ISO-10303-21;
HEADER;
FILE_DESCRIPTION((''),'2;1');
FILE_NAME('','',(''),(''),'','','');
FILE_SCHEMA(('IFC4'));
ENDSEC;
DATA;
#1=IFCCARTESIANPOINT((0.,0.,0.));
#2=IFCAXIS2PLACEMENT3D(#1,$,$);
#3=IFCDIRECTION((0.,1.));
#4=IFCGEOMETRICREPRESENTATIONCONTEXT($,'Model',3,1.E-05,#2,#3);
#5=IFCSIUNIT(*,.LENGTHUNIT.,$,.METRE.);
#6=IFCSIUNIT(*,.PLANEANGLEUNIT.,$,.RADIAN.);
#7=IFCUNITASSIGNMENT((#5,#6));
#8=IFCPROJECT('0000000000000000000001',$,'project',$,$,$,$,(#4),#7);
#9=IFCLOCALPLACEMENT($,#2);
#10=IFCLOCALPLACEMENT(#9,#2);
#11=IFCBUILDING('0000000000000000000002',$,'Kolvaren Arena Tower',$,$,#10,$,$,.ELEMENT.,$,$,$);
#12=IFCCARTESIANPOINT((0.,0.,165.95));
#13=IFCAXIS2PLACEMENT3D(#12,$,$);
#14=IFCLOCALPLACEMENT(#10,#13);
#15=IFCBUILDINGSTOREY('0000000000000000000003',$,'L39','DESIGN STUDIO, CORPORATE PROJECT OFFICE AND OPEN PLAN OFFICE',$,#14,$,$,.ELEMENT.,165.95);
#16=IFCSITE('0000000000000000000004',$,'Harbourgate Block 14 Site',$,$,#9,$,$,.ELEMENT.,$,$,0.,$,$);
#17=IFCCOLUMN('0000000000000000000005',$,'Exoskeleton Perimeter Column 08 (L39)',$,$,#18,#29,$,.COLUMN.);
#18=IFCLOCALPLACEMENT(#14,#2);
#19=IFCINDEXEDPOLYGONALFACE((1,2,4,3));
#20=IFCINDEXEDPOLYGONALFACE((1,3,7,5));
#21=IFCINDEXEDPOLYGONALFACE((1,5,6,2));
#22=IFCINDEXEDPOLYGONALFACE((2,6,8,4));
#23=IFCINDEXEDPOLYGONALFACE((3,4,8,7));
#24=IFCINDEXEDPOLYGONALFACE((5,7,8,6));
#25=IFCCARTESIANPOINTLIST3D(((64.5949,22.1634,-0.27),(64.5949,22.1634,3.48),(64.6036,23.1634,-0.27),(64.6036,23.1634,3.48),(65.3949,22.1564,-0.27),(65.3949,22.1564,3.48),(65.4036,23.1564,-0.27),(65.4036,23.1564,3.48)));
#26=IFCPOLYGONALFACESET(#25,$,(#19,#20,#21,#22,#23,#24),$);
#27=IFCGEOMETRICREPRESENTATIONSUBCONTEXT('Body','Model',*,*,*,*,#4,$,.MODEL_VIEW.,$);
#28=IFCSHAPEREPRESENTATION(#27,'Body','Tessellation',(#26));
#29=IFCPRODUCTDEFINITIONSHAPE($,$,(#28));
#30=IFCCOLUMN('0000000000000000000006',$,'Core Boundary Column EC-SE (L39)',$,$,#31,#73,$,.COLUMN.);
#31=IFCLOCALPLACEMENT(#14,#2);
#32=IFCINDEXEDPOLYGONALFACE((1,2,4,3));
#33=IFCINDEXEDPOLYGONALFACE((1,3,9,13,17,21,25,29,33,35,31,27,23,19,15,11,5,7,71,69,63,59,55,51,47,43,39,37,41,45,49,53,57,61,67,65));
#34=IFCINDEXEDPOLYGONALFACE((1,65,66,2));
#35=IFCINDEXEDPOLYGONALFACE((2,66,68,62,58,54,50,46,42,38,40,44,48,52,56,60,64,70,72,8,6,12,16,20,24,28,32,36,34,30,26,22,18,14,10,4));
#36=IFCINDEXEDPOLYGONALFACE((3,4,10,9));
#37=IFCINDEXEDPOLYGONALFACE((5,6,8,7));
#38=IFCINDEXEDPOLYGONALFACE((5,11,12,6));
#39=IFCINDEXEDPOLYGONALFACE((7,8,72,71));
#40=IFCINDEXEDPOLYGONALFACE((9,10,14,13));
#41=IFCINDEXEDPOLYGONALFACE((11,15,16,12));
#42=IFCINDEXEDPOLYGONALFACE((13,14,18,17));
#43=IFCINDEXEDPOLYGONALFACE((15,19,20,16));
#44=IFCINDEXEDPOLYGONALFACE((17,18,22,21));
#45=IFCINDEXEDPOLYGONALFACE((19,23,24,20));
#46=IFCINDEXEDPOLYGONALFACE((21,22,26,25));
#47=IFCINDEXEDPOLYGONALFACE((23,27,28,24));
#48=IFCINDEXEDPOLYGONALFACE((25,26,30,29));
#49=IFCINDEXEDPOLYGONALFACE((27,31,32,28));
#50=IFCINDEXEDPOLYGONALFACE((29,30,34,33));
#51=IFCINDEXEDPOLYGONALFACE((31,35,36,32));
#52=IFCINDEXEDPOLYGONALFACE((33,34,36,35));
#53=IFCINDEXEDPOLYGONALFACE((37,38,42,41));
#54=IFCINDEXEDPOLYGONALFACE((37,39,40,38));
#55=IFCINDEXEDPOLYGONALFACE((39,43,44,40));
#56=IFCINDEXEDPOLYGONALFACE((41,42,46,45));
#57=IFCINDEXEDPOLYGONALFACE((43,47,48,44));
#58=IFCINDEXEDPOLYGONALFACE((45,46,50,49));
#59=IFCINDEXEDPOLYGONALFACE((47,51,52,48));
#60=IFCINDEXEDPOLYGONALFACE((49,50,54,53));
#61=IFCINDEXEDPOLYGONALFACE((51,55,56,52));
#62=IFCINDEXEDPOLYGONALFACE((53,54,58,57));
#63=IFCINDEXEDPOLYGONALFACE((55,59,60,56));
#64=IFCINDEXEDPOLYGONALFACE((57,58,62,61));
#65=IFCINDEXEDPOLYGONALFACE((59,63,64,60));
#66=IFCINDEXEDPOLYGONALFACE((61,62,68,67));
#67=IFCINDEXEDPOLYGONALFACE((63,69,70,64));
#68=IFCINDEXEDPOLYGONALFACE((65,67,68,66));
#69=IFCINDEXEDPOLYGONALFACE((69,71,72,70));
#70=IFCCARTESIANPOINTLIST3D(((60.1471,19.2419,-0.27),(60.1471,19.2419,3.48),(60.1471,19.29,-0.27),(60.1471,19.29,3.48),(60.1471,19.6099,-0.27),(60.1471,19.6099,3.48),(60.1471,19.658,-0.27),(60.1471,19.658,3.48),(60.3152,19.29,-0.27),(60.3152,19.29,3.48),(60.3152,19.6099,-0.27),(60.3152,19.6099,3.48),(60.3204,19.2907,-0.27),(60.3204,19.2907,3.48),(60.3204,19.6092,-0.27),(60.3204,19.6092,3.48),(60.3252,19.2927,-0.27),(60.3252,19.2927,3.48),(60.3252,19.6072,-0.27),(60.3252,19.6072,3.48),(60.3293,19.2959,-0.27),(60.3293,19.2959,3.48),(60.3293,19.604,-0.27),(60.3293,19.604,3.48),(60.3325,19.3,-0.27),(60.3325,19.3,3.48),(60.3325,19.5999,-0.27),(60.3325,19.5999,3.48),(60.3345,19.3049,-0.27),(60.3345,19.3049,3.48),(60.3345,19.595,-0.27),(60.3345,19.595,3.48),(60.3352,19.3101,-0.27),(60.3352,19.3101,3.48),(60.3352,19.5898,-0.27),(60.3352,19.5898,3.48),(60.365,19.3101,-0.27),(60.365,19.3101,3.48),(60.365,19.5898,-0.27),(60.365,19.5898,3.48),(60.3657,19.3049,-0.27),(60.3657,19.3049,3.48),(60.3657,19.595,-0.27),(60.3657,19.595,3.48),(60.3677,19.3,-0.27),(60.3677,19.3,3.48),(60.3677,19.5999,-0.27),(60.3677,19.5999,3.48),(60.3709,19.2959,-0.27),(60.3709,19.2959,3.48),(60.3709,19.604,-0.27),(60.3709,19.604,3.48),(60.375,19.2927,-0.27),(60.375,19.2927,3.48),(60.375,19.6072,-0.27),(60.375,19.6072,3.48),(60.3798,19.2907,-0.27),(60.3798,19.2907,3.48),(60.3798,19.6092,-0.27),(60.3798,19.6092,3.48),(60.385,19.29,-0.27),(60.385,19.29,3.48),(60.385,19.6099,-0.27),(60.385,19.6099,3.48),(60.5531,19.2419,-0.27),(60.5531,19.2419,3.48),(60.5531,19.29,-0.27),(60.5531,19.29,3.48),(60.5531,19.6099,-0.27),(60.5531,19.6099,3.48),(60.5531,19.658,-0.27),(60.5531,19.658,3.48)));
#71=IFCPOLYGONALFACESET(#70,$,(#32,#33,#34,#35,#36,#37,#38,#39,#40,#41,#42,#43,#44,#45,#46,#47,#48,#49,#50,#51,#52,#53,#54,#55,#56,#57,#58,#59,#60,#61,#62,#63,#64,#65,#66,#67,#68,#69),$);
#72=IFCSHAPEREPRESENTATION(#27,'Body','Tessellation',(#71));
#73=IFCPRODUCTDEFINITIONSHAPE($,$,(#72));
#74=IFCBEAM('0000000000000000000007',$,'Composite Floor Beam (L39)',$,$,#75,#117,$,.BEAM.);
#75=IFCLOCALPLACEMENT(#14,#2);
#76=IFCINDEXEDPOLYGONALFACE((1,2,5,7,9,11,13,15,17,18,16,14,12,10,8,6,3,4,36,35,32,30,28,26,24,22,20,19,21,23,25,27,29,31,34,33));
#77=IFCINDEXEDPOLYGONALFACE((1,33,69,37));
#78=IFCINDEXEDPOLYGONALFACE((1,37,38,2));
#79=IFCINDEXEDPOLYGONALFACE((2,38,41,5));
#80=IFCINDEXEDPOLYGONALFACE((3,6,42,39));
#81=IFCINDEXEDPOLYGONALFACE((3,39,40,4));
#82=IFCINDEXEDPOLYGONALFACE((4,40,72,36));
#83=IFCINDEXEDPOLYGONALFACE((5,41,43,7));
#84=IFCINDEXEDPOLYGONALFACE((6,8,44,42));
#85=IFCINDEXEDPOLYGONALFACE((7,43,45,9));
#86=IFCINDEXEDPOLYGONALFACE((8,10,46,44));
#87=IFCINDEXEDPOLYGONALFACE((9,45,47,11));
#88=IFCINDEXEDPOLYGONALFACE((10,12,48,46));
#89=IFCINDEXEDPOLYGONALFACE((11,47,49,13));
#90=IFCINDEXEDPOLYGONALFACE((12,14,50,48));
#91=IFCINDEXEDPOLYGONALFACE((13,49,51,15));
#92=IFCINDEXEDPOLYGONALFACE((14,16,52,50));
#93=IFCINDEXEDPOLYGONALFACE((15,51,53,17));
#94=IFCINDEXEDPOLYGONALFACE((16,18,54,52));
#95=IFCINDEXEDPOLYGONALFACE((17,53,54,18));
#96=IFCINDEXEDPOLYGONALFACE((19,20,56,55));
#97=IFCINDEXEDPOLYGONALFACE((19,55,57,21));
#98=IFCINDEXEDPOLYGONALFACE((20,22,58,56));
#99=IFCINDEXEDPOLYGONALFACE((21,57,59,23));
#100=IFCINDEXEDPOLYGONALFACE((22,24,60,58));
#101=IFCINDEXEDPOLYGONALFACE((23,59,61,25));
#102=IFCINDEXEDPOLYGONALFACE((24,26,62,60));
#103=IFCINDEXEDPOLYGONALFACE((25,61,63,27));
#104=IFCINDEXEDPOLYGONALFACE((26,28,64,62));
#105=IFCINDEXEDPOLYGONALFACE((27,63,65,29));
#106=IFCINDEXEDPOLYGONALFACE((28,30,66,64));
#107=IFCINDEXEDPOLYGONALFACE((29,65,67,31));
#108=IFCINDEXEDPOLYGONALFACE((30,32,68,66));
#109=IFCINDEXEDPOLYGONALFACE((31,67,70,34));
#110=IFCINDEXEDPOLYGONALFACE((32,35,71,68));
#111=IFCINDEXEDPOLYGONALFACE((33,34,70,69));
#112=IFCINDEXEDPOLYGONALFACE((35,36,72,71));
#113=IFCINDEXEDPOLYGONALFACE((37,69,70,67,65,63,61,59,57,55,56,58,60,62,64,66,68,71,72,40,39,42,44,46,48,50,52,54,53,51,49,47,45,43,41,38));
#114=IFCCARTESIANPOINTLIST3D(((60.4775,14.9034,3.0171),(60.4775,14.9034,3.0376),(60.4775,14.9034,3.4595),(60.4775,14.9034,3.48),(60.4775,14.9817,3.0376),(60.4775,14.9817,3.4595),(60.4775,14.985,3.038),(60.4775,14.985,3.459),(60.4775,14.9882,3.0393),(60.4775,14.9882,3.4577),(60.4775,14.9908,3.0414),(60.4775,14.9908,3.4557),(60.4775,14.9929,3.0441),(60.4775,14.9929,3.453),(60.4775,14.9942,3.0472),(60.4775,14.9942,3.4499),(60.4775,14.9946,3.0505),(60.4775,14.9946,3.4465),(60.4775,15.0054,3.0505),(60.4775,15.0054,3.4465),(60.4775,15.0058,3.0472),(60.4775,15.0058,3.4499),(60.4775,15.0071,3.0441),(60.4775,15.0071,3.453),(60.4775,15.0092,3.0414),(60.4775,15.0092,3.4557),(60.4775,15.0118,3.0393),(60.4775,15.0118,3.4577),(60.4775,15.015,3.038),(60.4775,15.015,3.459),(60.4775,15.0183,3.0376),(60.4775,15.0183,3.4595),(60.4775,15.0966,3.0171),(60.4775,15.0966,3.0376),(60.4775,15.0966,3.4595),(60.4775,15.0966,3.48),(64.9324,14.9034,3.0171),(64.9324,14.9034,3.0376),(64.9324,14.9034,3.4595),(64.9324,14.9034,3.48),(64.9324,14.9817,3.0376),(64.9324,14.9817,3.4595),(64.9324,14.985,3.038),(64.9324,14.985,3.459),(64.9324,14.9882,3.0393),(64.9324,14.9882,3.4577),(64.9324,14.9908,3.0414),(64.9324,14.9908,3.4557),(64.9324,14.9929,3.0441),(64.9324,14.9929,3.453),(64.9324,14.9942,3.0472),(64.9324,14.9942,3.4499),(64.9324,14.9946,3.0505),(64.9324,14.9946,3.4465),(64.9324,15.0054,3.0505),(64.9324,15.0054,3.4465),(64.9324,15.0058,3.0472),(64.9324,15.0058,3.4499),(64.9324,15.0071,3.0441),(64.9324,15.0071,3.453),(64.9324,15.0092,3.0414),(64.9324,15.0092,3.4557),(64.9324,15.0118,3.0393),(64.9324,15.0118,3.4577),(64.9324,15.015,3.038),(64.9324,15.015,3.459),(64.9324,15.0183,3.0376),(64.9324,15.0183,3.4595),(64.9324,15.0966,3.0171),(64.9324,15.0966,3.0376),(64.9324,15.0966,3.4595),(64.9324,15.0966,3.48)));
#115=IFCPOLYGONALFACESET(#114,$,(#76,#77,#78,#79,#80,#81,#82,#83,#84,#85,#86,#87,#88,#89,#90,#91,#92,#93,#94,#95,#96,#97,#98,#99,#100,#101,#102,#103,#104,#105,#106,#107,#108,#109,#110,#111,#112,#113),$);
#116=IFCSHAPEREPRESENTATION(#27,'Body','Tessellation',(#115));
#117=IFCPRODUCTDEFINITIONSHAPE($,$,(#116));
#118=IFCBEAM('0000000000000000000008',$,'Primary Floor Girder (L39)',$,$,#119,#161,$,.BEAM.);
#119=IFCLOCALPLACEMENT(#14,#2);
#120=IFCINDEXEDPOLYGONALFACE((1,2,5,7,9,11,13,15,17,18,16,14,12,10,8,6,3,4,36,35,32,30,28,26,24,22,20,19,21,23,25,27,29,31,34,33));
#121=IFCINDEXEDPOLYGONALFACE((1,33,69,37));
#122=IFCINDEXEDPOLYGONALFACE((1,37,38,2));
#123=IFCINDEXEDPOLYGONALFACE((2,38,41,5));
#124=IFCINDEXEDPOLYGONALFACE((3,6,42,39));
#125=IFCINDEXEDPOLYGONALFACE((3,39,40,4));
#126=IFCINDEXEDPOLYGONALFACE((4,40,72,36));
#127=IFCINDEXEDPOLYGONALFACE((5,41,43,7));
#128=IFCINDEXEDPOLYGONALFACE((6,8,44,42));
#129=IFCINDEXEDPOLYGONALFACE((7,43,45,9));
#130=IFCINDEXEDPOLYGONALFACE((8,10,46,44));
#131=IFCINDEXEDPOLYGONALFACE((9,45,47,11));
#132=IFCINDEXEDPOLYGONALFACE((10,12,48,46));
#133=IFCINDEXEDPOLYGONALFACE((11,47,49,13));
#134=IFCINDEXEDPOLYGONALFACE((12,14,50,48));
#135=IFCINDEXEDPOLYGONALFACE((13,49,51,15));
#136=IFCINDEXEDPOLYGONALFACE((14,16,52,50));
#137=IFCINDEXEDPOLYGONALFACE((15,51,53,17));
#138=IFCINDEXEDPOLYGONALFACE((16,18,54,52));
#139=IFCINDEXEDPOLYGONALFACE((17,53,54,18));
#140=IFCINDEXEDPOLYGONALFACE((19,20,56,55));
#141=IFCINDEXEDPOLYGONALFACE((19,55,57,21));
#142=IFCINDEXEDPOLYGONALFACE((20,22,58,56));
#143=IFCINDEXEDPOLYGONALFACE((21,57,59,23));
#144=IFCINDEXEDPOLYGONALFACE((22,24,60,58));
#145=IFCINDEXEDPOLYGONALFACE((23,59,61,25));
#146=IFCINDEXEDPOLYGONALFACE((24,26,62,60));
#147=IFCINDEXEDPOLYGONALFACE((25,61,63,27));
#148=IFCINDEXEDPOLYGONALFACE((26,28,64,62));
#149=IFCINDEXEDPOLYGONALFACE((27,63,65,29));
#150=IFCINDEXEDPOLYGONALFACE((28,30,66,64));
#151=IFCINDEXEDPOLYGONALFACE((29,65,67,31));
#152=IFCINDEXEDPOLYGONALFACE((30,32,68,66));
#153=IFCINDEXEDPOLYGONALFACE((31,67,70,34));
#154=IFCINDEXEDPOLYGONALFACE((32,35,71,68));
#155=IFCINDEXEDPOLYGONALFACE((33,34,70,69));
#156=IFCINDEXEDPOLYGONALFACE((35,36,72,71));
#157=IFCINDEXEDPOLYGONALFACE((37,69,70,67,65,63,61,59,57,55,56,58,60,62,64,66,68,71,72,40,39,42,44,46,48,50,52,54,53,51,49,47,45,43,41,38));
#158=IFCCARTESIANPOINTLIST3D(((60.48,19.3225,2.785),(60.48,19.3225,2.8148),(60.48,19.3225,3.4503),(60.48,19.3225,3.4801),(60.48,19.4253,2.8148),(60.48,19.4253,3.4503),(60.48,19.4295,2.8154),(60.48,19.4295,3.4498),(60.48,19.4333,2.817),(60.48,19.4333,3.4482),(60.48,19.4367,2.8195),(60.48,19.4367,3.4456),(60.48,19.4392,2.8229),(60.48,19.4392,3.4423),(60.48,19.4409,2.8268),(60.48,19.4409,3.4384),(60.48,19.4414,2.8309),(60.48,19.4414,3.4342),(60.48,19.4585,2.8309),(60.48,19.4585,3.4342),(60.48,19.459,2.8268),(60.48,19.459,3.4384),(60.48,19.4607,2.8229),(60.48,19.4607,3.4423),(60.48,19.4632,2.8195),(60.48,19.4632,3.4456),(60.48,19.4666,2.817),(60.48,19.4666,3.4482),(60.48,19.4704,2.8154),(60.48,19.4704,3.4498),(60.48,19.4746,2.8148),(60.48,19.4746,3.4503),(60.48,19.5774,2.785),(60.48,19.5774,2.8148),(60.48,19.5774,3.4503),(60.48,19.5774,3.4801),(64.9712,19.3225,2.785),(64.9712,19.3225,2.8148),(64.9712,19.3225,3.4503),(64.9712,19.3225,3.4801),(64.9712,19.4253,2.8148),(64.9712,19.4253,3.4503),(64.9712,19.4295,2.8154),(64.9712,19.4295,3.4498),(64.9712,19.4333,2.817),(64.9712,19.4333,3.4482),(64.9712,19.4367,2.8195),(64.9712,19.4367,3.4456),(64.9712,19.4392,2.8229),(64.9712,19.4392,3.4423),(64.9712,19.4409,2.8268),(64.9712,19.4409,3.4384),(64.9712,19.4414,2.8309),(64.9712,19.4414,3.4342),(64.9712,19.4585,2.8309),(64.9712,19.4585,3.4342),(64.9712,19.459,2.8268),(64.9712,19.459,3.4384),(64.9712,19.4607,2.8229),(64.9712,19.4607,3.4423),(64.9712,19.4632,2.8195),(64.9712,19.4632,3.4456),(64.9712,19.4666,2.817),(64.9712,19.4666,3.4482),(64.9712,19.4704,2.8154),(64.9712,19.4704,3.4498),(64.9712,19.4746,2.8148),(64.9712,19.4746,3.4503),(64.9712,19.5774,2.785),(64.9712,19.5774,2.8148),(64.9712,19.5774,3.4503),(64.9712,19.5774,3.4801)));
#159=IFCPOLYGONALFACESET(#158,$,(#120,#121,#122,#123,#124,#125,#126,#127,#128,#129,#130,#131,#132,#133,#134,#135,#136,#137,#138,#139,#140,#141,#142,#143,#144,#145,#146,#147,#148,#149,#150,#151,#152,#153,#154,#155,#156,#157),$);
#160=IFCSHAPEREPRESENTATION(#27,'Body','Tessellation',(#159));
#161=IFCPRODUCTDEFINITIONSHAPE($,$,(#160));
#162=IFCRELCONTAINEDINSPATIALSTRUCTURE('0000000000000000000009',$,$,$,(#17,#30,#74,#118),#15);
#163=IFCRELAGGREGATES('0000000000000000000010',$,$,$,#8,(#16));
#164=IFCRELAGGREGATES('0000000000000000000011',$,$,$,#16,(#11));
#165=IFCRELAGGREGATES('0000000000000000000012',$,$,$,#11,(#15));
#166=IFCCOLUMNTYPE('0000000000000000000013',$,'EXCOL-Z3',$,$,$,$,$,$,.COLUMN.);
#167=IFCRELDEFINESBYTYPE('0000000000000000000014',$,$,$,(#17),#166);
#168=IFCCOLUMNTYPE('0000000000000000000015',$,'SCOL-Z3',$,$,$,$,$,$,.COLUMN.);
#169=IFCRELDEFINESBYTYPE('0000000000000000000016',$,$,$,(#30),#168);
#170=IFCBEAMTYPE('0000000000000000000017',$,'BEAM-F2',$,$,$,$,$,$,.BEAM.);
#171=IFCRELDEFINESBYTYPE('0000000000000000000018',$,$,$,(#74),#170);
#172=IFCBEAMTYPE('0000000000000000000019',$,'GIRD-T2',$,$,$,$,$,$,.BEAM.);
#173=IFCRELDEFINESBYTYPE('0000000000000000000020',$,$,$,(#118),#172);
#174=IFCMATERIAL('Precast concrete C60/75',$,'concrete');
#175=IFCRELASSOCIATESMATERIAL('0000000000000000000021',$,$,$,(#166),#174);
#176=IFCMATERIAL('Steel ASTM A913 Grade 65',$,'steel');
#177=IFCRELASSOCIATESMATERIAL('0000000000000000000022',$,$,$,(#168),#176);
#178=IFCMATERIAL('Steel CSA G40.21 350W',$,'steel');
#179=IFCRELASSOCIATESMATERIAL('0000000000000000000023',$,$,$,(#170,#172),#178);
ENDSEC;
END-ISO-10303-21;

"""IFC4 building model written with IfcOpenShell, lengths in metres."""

from ifc_helpers import new_model, si_unit, direction, frame, origin, origin_2d, place, context, subcontext, project, spatial, rectangle, i_section, extrude, material, material_profile, profile_set, type_object, element, save


model = new_model("IFC4")

# Units and contexts
model_context = context("Model", 3, precision=1e-05, world=origin(), true_north=direction((0.0, 1.0)))
body_context = subcontext(model_context, "Body", "Model", "MODEL_VIEW")
ifc_project = project(units=[si_unit("LENGTHUNIT", "METRE"), si_unit("PLANEANGLEUNIT", "RADIAN")], contexts=[model_context])

# Site, building, storey
site_placement = place(None, origin())
site = spatial("IfcSite", under=ifc_project, at=site_placement, Name="Harbourgate Block 14 Site", CompositionType="ELEMENT", RefElevation=0.0)
building_placement = place(site_placement, origin())
building = spatial("IfcBuilding", under=site, at=building_placement, Name="Kolvaren Arena Tower", CompositionType="ELEMENT")
storey_placement = place(building_placement, frame((0.0, 0.0, 165.95)))
storey = spatial("IfcBuildingStorey", under=building, at=storey_placement, Name="L39", Description="DESIGN STUDIO, CORPORATE PROJECT OFFICE AND OPEN PLAN OFFICE", CompositionType="ELEMENT", Elevation=165.95)

# Columns
ifc_material_1 = material(Name="Precast concrete C60/75", Category="concrete")
ifc_material_profile_1 = material_profile(ifc_material_1, rectangle(XDim=1.0, YDim=0.8, at=origin_2d()), Name="RC-1000x800")
ifc_profile_set_1 = profile_set([ifc_material_profile_1], Name="Precast concrete C60/75")
column_type_1 = type_object("IfcColumnType", Name="EXCOL-Z3", PredefinedType="COLUMN", material=ifc_profile_set_1)
column_1_placement = place(storey_placement, frame((64.9993, 22.6599, -0.27), z_axis=(0.0, 0.0, 1.0), x_axis=(0.008727, 0.999962, 0.0)))
element("IfcColumn", 1, at=column_1_placement, inside=storey, type_object=column_type_1, Name="Exoskeleton Perimeter Column 08 (L39)", PredefinedType="COLUMN", context=body_context, shape_type="SweptSolid", body=[
    extrude(rectangle(XDim=1.0, YDim=0.8, at=origin_2d()), origin(), (0.0, 0.0, 1.0), 3.75),
])
ifc_material_2 = material(Name="Steel ASTM A913 Grade 65", Category="steel")
ifc_material_profile_2 = material_profile(ifc_material_2, i_section(OverallWidth=0.406, OverallDepth=0.416, WebThickness=0.0298, FlangeThickness=0.0481, FilletRadius=0.02, at=origin_2d()), Name="W360x382")
ifc_profile_set_2 = profile_set([ifc_material_profile_2], Name="Steel ASTM A913 Grade 65")
column_type_2 = type_object("IfcColumnType", Name="SCOL-Z3", PredefinedType="COLUMN", material=ifc_profile_set_2)
column_2_placement = place(storey_placement, frame((60.3501, 19.45, -0.27), z_axis=(0.0, 0.0, 1.0), x_axis=(1.0, 0.0, 0.0)))
element("IfcColumn", 2, at=column_2_placement, inside=storey, type_object=column_type_2, Name="Core Boundary Column EC-SE (L39)", PredefinedType="COLUMN", context=body_context, shape_type="SweptSolid", body=[
    extrude(i_section(OverallWidth=0.406, OverallDepth=0.416, WebThickness=0.0298, FlangeThickness=0.0481, FilletRadius=0.02, at=origin_2d()), origin(), (0.0, 0.0, 1.0), 3.75),
])

# Beams
ifc_material_3 = material(Name="Steel CSA G40.21 350W", Category="steel")
ifc_material_profile_3 = material_profile(ifc_material_3, i_section(OverallWidth=0.1931, OverallDepth=0.4629, WebThickness=0.0107, FlangeThickness=0.0205, FilletRadius=0.0129, at=origin_2d()), Name="W460x113")
ifc_profile_set_3 = profile_set([ifc_material_profile_3], Name="Steel CSA G40.21 350W")
beam_type_1 = type_object("IfcBeamType", Name="BEAM-F2", PredefinedType="BEAM", material=ifc_profile_set_3)
beam_1_placement = place(storey_placement, frame((60.4775, 15.0, 3.2485), z_axis=(1.0, 0.0, 0.0), x_axis=(0.0, 1.0, 0.0)))
element("IfcBeam", 3, at=beam_1_placement, inside=storey, type_object=beam_type_1, Name="Composite Floor Beam (L39)", PredefinedType="BEAM", context=body_context, shape_type="SweptSolid", body=[
    extrude(i_section(OverallWidth=0.1931, OverallDepth=0.4629, WebThickness=0.0107, FlangeThickness=0.0205, FilletRadius=0.0129, at=origin_2d()), origin(), (0.0, 0.0, 1.0), 4.4548),
])
ifc_material_profile_4 = material_profile(ifc_material_3, i_section(OverallWidth=0.2549, OverallDepth=0.6951, WebThickness=0.0171, FlangeThickness=0.0298, FilletRadius=0.0161, at=origin_2d()), Name="W690x217")
ifc_profile_set_4 = profile_set([ifc_material_profile_4], Name="Steel CSA G40.21 350W")
beam_type_2 = type_object("IfcBeamType", Name="GIRD-T2", PredefinedType="BEAM", material=ifc_profile_set_4)
beam_2_placement = place(storey_placement, frame((60.48, 19.45, 3.1326), z_axis=(1.0, 0.0, 0.0), x_axis=(0.0, 1.0, 0.0)))
element("IfcBeam", 4, at=beam_2_placement, inside=storey, type_object=beam_type_2, Name="Primary Floor Girder (L39)", PredefinedType="BEAM", context=body_context, shape_type="SweptSolid", body=[
    extrude(i_section(OverallWidth=0.2549, OverallDepth=0.6951, WebThickness=0.0171, FlangeThickness=0.0298, FilletRadius=0.0161, at=origin_2d()), origin(), (0.0, 0.0, 1.0), 4.4912),
])

save(model, "model.ifc")
